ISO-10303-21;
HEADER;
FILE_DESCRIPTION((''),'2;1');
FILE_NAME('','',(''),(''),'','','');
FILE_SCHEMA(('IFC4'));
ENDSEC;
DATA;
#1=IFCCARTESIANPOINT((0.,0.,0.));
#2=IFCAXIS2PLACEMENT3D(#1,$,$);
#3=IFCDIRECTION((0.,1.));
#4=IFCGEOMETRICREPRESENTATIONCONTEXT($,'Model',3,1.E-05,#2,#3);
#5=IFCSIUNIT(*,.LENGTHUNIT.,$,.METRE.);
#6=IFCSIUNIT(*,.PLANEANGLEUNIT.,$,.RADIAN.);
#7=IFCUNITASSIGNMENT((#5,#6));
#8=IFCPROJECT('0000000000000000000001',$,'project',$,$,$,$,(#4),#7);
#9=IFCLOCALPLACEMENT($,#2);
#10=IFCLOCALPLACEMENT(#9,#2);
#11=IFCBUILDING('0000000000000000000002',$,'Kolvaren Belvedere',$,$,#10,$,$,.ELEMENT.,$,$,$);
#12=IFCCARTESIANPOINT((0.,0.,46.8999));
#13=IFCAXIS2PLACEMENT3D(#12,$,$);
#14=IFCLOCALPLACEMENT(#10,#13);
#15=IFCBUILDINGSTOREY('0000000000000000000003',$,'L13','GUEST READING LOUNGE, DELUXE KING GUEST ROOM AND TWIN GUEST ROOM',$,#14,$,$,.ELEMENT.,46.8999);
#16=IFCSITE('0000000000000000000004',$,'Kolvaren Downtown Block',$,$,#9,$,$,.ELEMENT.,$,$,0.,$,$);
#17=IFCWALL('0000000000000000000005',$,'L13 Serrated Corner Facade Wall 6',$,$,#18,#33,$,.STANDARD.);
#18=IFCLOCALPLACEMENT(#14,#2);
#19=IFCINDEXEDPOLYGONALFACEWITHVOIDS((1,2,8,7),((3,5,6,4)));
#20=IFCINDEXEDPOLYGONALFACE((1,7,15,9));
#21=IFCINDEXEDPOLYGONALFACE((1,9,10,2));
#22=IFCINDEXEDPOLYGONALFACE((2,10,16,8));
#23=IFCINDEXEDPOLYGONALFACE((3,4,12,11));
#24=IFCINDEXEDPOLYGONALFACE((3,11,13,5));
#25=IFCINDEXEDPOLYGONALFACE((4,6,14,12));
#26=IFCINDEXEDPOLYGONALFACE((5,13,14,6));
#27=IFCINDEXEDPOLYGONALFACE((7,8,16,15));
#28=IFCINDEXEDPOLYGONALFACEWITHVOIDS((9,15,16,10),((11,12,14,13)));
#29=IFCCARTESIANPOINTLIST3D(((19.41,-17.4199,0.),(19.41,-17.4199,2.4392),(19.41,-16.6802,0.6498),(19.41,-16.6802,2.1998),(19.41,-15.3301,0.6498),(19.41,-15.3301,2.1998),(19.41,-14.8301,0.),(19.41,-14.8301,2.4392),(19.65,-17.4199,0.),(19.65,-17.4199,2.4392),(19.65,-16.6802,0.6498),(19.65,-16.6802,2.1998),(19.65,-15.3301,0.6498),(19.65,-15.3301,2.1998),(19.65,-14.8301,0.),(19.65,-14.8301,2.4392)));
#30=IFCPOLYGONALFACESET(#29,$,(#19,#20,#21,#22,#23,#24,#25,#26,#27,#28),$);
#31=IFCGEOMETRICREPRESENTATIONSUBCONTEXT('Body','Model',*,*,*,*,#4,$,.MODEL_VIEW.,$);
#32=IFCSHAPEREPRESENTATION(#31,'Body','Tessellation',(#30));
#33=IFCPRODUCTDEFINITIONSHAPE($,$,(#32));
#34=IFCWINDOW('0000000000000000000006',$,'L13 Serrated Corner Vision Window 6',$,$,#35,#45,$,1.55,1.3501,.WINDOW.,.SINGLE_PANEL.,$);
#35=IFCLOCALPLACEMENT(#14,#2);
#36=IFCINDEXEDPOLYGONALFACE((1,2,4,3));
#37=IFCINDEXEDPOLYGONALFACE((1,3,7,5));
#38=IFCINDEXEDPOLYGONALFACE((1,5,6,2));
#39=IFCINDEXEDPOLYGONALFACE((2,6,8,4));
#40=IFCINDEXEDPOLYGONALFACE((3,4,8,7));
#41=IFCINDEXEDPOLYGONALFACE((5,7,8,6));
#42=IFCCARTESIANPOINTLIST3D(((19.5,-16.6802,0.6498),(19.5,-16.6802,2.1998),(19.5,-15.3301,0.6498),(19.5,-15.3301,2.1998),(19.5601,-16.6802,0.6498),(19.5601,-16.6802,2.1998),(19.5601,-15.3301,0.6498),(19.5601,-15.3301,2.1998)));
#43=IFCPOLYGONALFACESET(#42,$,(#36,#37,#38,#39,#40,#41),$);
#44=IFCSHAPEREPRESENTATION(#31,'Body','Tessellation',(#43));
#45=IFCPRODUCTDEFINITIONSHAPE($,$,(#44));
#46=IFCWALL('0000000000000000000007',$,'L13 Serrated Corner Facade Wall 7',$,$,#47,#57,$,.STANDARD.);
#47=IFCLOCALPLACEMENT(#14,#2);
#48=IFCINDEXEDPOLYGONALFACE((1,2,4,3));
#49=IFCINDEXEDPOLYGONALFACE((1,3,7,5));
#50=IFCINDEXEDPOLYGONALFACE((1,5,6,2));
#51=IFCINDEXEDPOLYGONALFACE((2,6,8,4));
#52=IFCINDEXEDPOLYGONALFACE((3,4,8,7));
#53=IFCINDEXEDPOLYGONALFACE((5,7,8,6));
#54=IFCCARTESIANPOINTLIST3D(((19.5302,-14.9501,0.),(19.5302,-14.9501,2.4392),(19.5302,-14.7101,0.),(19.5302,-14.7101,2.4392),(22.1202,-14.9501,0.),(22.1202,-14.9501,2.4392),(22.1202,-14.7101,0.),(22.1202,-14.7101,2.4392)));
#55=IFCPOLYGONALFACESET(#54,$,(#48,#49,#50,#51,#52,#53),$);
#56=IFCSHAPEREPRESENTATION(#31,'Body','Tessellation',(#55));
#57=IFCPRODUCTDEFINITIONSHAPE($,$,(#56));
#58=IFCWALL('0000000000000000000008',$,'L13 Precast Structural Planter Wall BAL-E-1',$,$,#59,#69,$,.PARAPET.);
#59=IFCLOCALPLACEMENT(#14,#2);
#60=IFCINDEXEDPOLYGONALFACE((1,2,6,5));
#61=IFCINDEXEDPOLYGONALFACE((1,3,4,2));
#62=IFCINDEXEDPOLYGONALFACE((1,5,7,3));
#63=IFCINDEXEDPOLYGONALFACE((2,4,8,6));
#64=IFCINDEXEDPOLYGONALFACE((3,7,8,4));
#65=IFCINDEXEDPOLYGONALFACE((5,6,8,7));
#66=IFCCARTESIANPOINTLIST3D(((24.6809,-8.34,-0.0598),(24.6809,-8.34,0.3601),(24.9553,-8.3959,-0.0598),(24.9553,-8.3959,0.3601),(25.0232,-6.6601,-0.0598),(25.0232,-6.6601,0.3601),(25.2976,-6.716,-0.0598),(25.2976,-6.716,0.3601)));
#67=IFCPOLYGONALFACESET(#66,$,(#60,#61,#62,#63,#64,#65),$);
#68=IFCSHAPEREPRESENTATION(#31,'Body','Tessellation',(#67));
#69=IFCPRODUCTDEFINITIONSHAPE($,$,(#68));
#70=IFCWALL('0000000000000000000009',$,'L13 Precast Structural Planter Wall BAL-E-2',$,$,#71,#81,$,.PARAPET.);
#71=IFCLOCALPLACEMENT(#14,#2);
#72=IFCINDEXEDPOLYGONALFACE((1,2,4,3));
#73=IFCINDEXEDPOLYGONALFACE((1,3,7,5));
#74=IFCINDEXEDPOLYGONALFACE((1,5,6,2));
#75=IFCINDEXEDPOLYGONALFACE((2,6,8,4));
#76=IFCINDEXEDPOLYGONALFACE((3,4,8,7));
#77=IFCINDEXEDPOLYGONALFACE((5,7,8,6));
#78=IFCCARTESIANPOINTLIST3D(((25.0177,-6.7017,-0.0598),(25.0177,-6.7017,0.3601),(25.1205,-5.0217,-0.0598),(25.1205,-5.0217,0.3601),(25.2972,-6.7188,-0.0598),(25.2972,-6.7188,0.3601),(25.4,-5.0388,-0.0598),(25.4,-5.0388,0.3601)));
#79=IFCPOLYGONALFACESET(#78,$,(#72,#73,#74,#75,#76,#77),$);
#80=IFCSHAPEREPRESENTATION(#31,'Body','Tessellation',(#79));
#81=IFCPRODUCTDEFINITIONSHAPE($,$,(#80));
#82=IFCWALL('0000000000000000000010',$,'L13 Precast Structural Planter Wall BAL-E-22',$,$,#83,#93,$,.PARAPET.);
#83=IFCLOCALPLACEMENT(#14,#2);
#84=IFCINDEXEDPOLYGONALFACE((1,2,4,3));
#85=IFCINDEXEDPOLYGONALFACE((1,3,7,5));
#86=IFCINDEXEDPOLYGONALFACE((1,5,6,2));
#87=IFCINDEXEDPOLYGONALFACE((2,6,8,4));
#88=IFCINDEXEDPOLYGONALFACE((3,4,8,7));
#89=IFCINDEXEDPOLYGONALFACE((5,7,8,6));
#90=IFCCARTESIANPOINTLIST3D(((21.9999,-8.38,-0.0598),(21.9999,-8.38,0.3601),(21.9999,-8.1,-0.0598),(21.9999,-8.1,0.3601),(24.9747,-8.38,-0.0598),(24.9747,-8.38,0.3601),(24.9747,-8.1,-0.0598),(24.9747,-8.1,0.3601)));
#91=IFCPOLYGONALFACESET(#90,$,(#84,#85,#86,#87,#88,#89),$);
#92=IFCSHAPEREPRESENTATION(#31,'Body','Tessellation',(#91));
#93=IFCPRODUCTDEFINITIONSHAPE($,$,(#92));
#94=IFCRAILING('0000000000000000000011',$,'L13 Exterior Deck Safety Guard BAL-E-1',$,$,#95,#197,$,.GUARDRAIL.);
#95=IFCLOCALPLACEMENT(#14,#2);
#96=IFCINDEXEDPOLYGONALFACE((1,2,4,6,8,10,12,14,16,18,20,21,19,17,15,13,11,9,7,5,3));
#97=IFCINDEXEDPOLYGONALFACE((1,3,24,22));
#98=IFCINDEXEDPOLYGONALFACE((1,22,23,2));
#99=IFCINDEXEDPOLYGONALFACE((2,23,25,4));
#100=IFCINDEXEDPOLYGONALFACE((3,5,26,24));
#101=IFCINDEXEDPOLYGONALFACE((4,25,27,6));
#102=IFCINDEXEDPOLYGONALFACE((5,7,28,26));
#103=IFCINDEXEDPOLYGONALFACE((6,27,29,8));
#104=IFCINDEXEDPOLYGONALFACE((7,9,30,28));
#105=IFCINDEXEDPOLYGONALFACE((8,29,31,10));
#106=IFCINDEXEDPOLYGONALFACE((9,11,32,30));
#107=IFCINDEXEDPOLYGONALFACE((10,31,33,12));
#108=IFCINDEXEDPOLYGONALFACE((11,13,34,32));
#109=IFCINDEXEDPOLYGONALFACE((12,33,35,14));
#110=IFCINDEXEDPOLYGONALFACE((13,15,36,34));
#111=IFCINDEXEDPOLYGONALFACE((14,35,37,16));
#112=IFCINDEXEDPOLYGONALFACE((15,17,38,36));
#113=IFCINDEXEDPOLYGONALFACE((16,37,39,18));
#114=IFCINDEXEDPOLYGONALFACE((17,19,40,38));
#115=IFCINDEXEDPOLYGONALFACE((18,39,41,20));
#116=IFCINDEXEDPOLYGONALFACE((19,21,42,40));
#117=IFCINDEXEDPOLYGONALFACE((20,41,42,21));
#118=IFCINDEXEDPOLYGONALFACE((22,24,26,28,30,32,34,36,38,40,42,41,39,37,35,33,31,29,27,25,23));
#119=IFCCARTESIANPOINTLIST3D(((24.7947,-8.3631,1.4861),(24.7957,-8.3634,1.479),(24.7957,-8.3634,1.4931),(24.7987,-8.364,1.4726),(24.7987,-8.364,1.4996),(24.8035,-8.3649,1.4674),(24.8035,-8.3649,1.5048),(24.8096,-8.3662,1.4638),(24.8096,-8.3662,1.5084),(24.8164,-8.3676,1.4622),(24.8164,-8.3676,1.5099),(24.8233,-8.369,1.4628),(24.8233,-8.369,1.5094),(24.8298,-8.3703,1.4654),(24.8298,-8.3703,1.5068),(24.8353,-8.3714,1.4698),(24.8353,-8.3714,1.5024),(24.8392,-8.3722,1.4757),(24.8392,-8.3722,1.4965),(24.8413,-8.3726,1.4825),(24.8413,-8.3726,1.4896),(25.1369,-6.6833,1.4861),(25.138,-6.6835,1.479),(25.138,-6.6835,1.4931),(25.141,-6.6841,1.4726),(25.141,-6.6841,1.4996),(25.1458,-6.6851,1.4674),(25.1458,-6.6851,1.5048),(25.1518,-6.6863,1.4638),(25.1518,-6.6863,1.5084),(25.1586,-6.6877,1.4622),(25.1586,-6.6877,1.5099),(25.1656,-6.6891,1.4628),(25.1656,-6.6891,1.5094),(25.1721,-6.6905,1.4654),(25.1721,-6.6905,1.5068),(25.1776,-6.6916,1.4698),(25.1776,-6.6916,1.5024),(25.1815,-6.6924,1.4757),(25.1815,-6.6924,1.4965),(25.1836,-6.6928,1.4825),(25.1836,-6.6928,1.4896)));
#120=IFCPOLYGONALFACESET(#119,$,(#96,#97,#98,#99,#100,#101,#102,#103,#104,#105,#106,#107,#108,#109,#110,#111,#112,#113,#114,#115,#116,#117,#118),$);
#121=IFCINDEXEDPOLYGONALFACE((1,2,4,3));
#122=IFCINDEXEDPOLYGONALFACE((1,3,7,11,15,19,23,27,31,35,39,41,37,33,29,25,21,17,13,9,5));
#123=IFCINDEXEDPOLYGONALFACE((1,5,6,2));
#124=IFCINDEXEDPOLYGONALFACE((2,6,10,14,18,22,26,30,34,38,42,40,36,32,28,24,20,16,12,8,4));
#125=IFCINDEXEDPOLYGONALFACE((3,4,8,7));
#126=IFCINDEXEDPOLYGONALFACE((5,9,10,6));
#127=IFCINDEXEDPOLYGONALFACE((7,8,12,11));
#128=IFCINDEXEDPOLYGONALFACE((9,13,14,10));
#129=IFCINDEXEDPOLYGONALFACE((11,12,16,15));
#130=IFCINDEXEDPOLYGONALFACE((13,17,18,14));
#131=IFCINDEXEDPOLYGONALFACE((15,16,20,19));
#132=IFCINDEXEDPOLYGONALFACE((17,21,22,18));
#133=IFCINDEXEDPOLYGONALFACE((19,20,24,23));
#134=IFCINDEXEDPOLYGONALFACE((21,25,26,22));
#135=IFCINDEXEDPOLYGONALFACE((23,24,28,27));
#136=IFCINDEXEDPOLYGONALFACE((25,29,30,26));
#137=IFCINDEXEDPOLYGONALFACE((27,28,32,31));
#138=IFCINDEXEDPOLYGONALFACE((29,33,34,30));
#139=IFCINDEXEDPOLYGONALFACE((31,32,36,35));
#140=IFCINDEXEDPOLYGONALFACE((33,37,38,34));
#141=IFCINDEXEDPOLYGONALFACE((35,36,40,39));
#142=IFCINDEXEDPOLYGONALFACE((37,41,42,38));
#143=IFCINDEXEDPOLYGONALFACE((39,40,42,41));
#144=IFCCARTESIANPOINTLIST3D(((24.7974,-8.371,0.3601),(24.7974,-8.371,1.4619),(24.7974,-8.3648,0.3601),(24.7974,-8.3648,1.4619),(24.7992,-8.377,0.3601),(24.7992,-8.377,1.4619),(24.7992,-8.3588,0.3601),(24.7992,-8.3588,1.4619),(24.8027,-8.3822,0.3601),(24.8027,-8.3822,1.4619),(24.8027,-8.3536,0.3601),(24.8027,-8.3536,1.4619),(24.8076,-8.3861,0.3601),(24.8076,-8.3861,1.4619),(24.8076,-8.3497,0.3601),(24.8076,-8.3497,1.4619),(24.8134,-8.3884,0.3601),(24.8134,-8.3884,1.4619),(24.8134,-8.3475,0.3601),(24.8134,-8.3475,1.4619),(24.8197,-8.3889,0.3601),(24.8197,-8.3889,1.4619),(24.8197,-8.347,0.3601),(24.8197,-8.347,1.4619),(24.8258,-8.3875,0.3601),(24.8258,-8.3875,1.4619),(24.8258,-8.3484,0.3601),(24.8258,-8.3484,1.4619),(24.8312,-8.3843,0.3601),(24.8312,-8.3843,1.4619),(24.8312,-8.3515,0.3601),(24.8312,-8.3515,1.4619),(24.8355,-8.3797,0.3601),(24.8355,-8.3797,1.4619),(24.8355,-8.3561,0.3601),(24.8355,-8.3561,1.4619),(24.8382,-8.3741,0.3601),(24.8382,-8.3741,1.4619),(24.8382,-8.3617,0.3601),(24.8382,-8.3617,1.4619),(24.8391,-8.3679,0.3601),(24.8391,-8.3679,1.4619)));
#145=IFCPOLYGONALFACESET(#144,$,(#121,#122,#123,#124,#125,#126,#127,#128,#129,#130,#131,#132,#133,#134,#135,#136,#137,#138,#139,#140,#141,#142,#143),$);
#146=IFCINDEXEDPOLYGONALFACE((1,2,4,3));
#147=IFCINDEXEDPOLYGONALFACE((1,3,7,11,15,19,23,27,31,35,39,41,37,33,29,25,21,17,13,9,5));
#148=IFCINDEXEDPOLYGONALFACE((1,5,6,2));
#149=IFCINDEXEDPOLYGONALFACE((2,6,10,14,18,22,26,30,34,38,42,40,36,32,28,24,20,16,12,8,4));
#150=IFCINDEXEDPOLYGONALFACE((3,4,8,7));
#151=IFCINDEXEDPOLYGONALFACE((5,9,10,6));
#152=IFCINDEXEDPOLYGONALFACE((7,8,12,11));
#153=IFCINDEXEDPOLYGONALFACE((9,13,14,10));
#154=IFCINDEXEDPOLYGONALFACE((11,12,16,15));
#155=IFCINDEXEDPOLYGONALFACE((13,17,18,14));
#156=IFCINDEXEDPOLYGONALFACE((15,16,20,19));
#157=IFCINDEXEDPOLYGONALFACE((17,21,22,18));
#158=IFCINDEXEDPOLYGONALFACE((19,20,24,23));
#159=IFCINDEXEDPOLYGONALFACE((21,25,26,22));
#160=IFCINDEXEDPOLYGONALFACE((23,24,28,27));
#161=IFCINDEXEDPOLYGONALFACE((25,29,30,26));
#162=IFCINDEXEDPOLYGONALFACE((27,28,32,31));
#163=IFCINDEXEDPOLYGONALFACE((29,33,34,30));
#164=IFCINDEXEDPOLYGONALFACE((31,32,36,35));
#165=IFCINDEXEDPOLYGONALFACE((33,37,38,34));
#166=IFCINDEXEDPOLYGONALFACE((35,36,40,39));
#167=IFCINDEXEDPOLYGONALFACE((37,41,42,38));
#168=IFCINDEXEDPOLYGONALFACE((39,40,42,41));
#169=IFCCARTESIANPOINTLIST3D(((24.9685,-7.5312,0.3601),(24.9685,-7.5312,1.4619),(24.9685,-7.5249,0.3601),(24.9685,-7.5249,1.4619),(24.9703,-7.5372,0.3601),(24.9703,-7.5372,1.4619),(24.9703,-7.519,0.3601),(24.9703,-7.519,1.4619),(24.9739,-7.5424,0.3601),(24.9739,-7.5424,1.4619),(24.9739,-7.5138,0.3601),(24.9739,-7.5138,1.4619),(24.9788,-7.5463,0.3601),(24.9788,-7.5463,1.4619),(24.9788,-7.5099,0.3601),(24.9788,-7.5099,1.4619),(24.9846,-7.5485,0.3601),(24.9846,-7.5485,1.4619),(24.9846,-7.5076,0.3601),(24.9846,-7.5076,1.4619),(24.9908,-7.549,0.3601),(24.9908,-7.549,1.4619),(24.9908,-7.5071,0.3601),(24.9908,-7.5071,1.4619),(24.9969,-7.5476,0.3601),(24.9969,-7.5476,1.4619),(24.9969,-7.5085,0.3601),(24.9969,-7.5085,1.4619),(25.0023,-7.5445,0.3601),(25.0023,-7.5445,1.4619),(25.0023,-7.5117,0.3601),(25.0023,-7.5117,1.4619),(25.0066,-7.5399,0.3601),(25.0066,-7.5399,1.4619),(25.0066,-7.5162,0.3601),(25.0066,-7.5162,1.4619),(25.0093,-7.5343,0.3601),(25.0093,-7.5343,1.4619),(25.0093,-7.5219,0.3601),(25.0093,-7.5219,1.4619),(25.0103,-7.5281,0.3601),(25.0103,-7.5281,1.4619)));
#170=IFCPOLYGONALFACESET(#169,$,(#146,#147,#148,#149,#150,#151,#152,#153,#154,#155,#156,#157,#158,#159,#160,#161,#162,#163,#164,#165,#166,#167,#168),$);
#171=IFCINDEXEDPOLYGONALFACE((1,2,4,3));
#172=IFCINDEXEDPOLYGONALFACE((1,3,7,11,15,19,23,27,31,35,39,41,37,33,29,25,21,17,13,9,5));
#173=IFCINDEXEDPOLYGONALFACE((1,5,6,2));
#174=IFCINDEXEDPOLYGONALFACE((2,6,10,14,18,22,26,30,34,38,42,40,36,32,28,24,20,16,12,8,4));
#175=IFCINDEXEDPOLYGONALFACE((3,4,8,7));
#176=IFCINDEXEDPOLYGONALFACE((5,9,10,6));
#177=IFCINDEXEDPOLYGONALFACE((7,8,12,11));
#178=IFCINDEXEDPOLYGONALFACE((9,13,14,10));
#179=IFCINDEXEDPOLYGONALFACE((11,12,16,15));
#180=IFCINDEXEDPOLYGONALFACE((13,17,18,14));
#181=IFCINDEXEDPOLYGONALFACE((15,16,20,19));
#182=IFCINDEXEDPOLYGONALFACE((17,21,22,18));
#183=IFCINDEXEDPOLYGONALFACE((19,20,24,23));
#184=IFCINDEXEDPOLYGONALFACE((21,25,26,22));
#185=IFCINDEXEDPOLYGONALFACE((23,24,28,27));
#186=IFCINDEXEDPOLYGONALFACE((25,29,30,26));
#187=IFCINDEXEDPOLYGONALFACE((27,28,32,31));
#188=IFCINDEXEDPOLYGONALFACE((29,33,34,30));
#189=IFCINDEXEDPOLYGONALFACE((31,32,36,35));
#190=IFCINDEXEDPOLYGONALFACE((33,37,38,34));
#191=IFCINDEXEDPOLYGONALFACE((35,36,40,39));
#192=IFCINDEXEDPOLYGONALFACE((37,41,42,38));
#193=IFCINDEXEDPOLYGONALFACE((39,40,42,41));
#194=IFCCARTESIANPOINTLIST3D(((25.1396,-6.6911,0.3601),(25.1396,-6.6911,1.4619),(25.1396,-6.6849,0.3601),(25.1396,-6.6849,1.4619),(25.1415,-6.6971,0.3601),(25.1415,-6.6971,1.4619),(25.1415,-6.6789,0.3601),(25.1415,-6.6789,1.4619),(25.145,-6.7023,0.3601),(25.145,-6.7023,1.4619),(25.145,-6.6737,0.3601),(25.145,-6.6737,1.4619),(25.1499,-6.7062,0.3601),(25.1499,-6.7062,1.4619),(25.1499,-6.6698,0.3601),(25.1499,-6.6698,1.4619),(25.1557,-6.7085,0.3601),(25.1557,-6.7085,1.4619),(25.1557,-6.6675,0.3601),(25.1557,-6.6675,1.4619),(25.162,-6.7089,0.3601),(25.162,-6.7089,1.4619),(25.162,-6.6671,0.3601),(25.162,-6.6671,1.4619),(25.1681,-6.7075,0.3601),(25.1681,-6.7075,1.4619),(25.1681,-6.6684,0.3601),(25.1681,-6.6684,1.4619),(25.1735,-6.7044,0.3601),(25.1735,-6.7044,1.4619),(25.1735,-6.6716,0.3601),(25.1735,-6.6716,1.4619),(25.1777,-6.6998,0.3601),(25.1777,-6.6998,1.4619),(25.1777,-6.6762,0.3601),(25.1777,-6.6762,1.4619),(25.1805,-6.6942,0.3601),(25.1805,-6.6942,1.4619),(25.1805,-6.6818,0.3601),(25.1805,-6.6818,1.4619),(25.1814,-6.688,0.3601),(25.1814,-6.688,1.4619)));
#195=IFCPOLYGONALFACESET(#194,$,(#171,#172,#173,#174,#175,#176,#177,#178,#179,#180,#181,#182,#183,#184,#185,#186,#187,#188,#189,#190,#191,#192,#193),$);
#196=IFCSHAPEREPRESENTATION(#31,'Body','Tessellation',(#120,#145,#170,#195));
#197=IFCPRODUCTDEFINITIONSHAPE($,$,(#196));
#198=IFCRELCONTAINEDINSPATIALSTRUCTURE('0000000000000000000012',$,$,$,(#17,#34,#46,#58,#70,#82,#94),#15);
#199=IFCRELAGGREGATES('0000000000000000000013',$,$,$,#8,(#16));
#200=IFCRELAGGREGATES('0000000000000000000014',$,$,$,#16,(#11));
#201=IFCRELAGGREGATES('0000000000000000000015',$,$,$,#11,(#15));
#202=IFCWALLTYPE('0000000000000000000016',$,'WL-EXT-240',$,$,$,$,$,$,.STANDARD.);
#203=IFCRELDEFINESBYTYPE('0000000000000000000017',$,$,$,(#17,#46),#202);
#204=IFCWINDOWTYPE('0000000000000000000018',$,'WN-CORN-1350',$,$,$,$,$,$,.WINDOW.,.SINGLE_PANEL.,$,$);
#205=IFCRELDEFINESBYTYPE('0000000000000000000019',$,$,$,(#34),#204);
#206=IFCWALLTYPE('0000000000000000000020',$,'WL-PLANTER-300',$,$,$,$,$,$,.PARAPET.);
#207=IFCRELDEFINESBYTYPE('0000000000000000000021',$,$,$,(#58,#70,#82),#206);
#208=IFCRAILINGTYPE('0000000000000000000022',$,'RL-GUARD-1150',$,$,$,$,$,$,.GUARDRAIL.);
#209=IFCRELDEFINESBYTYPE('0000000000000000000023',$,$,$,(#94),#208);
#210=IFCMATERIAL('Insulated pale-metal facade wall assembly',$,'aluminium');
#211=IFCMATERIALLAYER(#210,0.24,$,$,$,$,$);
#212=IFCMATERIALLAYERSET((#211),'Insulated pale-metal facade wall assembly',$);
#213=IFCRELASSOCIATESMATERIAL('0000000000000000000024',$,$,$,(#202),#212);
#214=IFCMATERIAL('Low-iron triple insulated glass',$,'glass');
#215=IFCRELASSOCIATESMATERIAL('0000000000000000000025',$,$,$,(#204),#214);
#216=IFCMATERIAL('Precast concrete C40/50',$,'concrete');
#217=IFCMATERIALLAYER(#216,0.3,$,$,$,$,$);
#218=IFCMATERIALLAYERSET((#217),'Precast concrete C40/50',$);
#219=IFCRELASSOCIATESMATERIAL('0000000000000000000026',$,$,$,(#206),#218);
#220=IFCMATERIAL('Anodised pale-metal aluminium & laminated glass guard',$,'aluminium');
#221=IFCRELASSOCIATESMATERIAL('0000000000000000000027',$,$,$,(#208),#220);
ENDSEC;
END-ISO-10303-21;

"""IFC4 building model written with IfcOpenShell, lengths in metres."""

from ifc_helpers import new_model, si_unit, direction, frame, frame_2d, origin, origin_2d, place, context, subcontext, project, spatial, rectangle, circle, extrude, material, layer, layer_set, type_object, element, fill, save


model = new_model("IFC4")

# Units and contexts
model_context = context("Model", 3, precision=1e-05, world=origin(), true_north=direction((0.0, 1.0)))
body_context = subcontext(model_context, "Body", "Model", "MODEL_VIEW")
ifc_project = project(units=[si_unit("LENGTHUNIT", "METRE"), si_unit("PLANEANGLEUNIT", "RADIAN")], contexts=[model_context])

# Site, building, storey
site_placement = place(None, origin())
site = spatial("IfcSite", under=ifc_project, at=site_placement, Name="Kolvaren Downtown Block", CompositionType="ELEMENT", RefElevation=0.0)
building_placement = place(site_placement, origin())
building = spatial("IfcBuilding", under=site, at=building_placement, Name="Kolvaren Belvedere", CompositionType="ELEMENT")
storey_placement = place(building_placement, frame((0.0, 0.0, 46.8999)))
storey = spatial("IfcBuildingStorey", under=building, at=storey_placement, Name="L13", Description="GUEST READING LOUNGE, DELUXE KING GUEST ROOM AND TWIN GUEST ROOM", CompositionType="ELEMENT", Elevation=46.8999)

# Shared definitions
ifc_material_1 = material(Name="Insulated pale-metal facade wall assembly", Category="aluminium")
ifc_layer_1 = layer(ifc_material_1, 0.24)
ifc_layer_set_1 = layer_set([ifc_layer_1], Name="Insulated pale-metal facade wall assembly")
wall_type_1 = type_object("IfcWallType", Name="WL-EXT-240", PredefinedType="STANDARD", material=ifc_layer_set_1)

# Wall, opening, window
ifc_material_2 = material(Name="Low-iron triple insulated glass", Category="glass")
window_type = type_object("IfcWindowType", Name="WN-CORN-1350", PartitioningType="SINGLE_PANEL", PredefinedType="WINDOW", material=ifc_material_2)
wall_1_placement = place(storey_placement, frame((19.53, -14.8301, 0.0), z_axis=(0.0, 0.0, 1.0), x_axis=(0.0, -1.0, 0.0)))
wall_1 = element("IfcWall", 1, at=wall_1_placement, inside=storey, type_object=wall_type_1, Name="L13 Serrated Corner Facade Wall 6", PredefinedType="STANDARD", context=body_context, shape_type="SweptSolid", body=[
    extrude(rectangle(XDim=2.5898, YDim=0.24, at=frame_2d((1.2949, 0.0))), origin(), (0.0, 0.0, 1.0), 2.4392),
])
opening_1_placement = place(wall_1_placement, frame((0.5, 0.0, 0.6499)))
opening_1 = element("IfcOpeningElement", 2, at=opening_1_placement, cuts=wall_1, PredefinedType="OPENING", context=body_context, shape_type="SweptSolid", body=[
    extrude(rectangle(XDim=1.3501, YDim=1.55, at=frame_2d((0.675, 0.7749))), frame((0.0, 0.1299, 0.0), z_axis=(0.0, -1.0, 0.0), x_axis=(1.0, 0.0, 0.0)), (0.0, 0.0, 1.0), 0.26),
])
window_1_placement = place(opening_1_placement, origin())
window_1 = element("IfcWindow", 3, at=window_1_placement, inside=storey, type_object=window_type, Name="L13 Serrated Corner Vision Window 6", OverallHeight=1.55, OverallWidth=1.3501, PartitioningType="SINGLE_PANEL", PredefinedType="WINDOW", context=body_context, shape_type="SweptSolid", body=[
    extrude(rectangle(XDim=1.3501, YDim=1.55, at=frame_2d((0.675, 0.7749))), frame((0.0, 0.03, 0.0), z_axis=(0.0, -1.0, 0.0), x_axis=(1.0, 0.0, 0.0)), (0.0, 0.0, 1.0), 0.0601),
])
fill(opening_1, window_1)

# Walls
wall_2_placement = place(storey_placement, frame((22.1201, -14.8301, 0.0), z_axis=(0.0, 0.0, 1.0), x_axis=(-1.0, 0.0, 0.0)))
element("IfcWall", 4, at=wall_2_placement, inside=storey, type_object=wall_type_1, Name="L13 Serrated Corner Facade Wall 7", PredefinedType="STANDARD", context=body_context, shape_type="SweptSolid", body=[
    extrude(rectangle(XDim=2.5901, YDim=0.24, at=frame_2d((1.2949, 0.0))), origin(), (0.0, 0.0, 1.0), 2.4392),
])
ifc_material_3 = material(Name="Precast concrete C40/50", Category="concrete")
ifc_layer_2 = layer(ifc_material_3, 0.3)
ifc_layer_set_2 = layer_set([ifc_layer_2], Name="Precast concrete C40/50")
wall_type_2 = type_object("IfcWallType", Name="WL-PLANTER-300", PredefinedType="PARAPET", material=ifc_layer_set_2)
wall_3_placement = place(storey_placement, frame((24.8181, -8.3679, -0.0598), z_axis=(0.0, 0.0, 1.0), x_axis=(0.199648, 0.979868, 0.0)))
element("IfcWall", 5, at=wall_3_placement, inside=storey, type_object=wall_type_2, Name="L13 Precast Structural Planter Wall BAL-E-1", PredefinedType="PARAPET", context=body_context, shape_type="SweptSolid", body=[
    extrude(rectangle(XDim=1.7144, YDim=0.28, at=frame_2d((0.8572, 0.0))), origin(), (0.0, 0.0, 1.0), 0.4199),
])
wall_4_placement = place(storey_placement, frame((25.1575, -6.7102, -0.0598), z_axis=(0.0, 0.0, 1.0), x_axis=(0.061069, 0.998134, 0.0)))
element("IfcWall", 6, at=wall_4_placement, inside=storey, type_object=wall_type_2, Name="L13 Precast Structural Planter Wall BAL-E-2", PredefinedType="PARAPET", context=body_context, shape_type="SweptSolid", body=[
    extrude(rectangle(XDim=1.6831, YDim=0.28, at=frame_2d((0.8416, 0.0))), origin(), (0.0, 0.0, 1.0), 0.4199),
])
wall_5_placement = place(storey_placement, frame((22.0, -8.24, -0.0598), z_axis=(0.0, 0.0, 1.0), x_axis=(1.0, 0.0, 0.0)))
element("IfcWall", 7, at=wall_5_placement, inside=storey, type_object=wall_type_2, Name="L13 Precast Structural Planter Wall BAL-E-22", PredefinedType="PARAPET", context=body_context, shape_type="SweptSolid", body=[
    extrude(rectangle(XDim=2.9749, YDim=0.28, at=frame_2d((1.4873, 0.0))), origin(), (0.0, 0.0, 1.0), 0.4199),
])

# Railing
ifc_material_4 = material(Name="Anodised pale-metal aluminium & laminated glass guard", Category="aluminium")
railing_type = type_object("IfcRailingType", Name="RL-GUARD-1150", PredefinedType="GUARDRAIL", material=ifc_material_4)
railing_1_placement = place(storey_placement, frame((24.8181, -8.3679, 0.3601)))
element("IfcRailing", 8, at=railing_1_placement, inside=storey, type_object=railing_type, Name="L13 Exterior Deck Safety Guard BAL-E-1", PredefinedType="GUARDRAIL", context=body_context, shape_type="SweptSolid", body=[
    extrude(circle(Radius=0.0239, at=origin_2d()), frame((0.0, 0.0, 1.126), z_axis=(0.199648, 0.979868, 0.0), x_axis=(-0.979868, 0.199648, 0.0)), (0.0, 0.0, 1.0), 1.7144),
    extrude(circle(Radius=0.021, at=origin_2d()), origin(), (0.0, 0.0, 1.0), 1.1018),
    extrude(circle(Radius=0.021, at=origin_2d()), frame((0.1711, 0.8398, 0.0)), (0.0, 0.0, 1.0), 1.1018),
    extrude(circle(Radius=0.021, at=origin_2d()), frame((0.3423, 1.6799, 0.0)), (0.0, 0.0, 1.0), 1.1018),
])

save(model, "model.ifc")
